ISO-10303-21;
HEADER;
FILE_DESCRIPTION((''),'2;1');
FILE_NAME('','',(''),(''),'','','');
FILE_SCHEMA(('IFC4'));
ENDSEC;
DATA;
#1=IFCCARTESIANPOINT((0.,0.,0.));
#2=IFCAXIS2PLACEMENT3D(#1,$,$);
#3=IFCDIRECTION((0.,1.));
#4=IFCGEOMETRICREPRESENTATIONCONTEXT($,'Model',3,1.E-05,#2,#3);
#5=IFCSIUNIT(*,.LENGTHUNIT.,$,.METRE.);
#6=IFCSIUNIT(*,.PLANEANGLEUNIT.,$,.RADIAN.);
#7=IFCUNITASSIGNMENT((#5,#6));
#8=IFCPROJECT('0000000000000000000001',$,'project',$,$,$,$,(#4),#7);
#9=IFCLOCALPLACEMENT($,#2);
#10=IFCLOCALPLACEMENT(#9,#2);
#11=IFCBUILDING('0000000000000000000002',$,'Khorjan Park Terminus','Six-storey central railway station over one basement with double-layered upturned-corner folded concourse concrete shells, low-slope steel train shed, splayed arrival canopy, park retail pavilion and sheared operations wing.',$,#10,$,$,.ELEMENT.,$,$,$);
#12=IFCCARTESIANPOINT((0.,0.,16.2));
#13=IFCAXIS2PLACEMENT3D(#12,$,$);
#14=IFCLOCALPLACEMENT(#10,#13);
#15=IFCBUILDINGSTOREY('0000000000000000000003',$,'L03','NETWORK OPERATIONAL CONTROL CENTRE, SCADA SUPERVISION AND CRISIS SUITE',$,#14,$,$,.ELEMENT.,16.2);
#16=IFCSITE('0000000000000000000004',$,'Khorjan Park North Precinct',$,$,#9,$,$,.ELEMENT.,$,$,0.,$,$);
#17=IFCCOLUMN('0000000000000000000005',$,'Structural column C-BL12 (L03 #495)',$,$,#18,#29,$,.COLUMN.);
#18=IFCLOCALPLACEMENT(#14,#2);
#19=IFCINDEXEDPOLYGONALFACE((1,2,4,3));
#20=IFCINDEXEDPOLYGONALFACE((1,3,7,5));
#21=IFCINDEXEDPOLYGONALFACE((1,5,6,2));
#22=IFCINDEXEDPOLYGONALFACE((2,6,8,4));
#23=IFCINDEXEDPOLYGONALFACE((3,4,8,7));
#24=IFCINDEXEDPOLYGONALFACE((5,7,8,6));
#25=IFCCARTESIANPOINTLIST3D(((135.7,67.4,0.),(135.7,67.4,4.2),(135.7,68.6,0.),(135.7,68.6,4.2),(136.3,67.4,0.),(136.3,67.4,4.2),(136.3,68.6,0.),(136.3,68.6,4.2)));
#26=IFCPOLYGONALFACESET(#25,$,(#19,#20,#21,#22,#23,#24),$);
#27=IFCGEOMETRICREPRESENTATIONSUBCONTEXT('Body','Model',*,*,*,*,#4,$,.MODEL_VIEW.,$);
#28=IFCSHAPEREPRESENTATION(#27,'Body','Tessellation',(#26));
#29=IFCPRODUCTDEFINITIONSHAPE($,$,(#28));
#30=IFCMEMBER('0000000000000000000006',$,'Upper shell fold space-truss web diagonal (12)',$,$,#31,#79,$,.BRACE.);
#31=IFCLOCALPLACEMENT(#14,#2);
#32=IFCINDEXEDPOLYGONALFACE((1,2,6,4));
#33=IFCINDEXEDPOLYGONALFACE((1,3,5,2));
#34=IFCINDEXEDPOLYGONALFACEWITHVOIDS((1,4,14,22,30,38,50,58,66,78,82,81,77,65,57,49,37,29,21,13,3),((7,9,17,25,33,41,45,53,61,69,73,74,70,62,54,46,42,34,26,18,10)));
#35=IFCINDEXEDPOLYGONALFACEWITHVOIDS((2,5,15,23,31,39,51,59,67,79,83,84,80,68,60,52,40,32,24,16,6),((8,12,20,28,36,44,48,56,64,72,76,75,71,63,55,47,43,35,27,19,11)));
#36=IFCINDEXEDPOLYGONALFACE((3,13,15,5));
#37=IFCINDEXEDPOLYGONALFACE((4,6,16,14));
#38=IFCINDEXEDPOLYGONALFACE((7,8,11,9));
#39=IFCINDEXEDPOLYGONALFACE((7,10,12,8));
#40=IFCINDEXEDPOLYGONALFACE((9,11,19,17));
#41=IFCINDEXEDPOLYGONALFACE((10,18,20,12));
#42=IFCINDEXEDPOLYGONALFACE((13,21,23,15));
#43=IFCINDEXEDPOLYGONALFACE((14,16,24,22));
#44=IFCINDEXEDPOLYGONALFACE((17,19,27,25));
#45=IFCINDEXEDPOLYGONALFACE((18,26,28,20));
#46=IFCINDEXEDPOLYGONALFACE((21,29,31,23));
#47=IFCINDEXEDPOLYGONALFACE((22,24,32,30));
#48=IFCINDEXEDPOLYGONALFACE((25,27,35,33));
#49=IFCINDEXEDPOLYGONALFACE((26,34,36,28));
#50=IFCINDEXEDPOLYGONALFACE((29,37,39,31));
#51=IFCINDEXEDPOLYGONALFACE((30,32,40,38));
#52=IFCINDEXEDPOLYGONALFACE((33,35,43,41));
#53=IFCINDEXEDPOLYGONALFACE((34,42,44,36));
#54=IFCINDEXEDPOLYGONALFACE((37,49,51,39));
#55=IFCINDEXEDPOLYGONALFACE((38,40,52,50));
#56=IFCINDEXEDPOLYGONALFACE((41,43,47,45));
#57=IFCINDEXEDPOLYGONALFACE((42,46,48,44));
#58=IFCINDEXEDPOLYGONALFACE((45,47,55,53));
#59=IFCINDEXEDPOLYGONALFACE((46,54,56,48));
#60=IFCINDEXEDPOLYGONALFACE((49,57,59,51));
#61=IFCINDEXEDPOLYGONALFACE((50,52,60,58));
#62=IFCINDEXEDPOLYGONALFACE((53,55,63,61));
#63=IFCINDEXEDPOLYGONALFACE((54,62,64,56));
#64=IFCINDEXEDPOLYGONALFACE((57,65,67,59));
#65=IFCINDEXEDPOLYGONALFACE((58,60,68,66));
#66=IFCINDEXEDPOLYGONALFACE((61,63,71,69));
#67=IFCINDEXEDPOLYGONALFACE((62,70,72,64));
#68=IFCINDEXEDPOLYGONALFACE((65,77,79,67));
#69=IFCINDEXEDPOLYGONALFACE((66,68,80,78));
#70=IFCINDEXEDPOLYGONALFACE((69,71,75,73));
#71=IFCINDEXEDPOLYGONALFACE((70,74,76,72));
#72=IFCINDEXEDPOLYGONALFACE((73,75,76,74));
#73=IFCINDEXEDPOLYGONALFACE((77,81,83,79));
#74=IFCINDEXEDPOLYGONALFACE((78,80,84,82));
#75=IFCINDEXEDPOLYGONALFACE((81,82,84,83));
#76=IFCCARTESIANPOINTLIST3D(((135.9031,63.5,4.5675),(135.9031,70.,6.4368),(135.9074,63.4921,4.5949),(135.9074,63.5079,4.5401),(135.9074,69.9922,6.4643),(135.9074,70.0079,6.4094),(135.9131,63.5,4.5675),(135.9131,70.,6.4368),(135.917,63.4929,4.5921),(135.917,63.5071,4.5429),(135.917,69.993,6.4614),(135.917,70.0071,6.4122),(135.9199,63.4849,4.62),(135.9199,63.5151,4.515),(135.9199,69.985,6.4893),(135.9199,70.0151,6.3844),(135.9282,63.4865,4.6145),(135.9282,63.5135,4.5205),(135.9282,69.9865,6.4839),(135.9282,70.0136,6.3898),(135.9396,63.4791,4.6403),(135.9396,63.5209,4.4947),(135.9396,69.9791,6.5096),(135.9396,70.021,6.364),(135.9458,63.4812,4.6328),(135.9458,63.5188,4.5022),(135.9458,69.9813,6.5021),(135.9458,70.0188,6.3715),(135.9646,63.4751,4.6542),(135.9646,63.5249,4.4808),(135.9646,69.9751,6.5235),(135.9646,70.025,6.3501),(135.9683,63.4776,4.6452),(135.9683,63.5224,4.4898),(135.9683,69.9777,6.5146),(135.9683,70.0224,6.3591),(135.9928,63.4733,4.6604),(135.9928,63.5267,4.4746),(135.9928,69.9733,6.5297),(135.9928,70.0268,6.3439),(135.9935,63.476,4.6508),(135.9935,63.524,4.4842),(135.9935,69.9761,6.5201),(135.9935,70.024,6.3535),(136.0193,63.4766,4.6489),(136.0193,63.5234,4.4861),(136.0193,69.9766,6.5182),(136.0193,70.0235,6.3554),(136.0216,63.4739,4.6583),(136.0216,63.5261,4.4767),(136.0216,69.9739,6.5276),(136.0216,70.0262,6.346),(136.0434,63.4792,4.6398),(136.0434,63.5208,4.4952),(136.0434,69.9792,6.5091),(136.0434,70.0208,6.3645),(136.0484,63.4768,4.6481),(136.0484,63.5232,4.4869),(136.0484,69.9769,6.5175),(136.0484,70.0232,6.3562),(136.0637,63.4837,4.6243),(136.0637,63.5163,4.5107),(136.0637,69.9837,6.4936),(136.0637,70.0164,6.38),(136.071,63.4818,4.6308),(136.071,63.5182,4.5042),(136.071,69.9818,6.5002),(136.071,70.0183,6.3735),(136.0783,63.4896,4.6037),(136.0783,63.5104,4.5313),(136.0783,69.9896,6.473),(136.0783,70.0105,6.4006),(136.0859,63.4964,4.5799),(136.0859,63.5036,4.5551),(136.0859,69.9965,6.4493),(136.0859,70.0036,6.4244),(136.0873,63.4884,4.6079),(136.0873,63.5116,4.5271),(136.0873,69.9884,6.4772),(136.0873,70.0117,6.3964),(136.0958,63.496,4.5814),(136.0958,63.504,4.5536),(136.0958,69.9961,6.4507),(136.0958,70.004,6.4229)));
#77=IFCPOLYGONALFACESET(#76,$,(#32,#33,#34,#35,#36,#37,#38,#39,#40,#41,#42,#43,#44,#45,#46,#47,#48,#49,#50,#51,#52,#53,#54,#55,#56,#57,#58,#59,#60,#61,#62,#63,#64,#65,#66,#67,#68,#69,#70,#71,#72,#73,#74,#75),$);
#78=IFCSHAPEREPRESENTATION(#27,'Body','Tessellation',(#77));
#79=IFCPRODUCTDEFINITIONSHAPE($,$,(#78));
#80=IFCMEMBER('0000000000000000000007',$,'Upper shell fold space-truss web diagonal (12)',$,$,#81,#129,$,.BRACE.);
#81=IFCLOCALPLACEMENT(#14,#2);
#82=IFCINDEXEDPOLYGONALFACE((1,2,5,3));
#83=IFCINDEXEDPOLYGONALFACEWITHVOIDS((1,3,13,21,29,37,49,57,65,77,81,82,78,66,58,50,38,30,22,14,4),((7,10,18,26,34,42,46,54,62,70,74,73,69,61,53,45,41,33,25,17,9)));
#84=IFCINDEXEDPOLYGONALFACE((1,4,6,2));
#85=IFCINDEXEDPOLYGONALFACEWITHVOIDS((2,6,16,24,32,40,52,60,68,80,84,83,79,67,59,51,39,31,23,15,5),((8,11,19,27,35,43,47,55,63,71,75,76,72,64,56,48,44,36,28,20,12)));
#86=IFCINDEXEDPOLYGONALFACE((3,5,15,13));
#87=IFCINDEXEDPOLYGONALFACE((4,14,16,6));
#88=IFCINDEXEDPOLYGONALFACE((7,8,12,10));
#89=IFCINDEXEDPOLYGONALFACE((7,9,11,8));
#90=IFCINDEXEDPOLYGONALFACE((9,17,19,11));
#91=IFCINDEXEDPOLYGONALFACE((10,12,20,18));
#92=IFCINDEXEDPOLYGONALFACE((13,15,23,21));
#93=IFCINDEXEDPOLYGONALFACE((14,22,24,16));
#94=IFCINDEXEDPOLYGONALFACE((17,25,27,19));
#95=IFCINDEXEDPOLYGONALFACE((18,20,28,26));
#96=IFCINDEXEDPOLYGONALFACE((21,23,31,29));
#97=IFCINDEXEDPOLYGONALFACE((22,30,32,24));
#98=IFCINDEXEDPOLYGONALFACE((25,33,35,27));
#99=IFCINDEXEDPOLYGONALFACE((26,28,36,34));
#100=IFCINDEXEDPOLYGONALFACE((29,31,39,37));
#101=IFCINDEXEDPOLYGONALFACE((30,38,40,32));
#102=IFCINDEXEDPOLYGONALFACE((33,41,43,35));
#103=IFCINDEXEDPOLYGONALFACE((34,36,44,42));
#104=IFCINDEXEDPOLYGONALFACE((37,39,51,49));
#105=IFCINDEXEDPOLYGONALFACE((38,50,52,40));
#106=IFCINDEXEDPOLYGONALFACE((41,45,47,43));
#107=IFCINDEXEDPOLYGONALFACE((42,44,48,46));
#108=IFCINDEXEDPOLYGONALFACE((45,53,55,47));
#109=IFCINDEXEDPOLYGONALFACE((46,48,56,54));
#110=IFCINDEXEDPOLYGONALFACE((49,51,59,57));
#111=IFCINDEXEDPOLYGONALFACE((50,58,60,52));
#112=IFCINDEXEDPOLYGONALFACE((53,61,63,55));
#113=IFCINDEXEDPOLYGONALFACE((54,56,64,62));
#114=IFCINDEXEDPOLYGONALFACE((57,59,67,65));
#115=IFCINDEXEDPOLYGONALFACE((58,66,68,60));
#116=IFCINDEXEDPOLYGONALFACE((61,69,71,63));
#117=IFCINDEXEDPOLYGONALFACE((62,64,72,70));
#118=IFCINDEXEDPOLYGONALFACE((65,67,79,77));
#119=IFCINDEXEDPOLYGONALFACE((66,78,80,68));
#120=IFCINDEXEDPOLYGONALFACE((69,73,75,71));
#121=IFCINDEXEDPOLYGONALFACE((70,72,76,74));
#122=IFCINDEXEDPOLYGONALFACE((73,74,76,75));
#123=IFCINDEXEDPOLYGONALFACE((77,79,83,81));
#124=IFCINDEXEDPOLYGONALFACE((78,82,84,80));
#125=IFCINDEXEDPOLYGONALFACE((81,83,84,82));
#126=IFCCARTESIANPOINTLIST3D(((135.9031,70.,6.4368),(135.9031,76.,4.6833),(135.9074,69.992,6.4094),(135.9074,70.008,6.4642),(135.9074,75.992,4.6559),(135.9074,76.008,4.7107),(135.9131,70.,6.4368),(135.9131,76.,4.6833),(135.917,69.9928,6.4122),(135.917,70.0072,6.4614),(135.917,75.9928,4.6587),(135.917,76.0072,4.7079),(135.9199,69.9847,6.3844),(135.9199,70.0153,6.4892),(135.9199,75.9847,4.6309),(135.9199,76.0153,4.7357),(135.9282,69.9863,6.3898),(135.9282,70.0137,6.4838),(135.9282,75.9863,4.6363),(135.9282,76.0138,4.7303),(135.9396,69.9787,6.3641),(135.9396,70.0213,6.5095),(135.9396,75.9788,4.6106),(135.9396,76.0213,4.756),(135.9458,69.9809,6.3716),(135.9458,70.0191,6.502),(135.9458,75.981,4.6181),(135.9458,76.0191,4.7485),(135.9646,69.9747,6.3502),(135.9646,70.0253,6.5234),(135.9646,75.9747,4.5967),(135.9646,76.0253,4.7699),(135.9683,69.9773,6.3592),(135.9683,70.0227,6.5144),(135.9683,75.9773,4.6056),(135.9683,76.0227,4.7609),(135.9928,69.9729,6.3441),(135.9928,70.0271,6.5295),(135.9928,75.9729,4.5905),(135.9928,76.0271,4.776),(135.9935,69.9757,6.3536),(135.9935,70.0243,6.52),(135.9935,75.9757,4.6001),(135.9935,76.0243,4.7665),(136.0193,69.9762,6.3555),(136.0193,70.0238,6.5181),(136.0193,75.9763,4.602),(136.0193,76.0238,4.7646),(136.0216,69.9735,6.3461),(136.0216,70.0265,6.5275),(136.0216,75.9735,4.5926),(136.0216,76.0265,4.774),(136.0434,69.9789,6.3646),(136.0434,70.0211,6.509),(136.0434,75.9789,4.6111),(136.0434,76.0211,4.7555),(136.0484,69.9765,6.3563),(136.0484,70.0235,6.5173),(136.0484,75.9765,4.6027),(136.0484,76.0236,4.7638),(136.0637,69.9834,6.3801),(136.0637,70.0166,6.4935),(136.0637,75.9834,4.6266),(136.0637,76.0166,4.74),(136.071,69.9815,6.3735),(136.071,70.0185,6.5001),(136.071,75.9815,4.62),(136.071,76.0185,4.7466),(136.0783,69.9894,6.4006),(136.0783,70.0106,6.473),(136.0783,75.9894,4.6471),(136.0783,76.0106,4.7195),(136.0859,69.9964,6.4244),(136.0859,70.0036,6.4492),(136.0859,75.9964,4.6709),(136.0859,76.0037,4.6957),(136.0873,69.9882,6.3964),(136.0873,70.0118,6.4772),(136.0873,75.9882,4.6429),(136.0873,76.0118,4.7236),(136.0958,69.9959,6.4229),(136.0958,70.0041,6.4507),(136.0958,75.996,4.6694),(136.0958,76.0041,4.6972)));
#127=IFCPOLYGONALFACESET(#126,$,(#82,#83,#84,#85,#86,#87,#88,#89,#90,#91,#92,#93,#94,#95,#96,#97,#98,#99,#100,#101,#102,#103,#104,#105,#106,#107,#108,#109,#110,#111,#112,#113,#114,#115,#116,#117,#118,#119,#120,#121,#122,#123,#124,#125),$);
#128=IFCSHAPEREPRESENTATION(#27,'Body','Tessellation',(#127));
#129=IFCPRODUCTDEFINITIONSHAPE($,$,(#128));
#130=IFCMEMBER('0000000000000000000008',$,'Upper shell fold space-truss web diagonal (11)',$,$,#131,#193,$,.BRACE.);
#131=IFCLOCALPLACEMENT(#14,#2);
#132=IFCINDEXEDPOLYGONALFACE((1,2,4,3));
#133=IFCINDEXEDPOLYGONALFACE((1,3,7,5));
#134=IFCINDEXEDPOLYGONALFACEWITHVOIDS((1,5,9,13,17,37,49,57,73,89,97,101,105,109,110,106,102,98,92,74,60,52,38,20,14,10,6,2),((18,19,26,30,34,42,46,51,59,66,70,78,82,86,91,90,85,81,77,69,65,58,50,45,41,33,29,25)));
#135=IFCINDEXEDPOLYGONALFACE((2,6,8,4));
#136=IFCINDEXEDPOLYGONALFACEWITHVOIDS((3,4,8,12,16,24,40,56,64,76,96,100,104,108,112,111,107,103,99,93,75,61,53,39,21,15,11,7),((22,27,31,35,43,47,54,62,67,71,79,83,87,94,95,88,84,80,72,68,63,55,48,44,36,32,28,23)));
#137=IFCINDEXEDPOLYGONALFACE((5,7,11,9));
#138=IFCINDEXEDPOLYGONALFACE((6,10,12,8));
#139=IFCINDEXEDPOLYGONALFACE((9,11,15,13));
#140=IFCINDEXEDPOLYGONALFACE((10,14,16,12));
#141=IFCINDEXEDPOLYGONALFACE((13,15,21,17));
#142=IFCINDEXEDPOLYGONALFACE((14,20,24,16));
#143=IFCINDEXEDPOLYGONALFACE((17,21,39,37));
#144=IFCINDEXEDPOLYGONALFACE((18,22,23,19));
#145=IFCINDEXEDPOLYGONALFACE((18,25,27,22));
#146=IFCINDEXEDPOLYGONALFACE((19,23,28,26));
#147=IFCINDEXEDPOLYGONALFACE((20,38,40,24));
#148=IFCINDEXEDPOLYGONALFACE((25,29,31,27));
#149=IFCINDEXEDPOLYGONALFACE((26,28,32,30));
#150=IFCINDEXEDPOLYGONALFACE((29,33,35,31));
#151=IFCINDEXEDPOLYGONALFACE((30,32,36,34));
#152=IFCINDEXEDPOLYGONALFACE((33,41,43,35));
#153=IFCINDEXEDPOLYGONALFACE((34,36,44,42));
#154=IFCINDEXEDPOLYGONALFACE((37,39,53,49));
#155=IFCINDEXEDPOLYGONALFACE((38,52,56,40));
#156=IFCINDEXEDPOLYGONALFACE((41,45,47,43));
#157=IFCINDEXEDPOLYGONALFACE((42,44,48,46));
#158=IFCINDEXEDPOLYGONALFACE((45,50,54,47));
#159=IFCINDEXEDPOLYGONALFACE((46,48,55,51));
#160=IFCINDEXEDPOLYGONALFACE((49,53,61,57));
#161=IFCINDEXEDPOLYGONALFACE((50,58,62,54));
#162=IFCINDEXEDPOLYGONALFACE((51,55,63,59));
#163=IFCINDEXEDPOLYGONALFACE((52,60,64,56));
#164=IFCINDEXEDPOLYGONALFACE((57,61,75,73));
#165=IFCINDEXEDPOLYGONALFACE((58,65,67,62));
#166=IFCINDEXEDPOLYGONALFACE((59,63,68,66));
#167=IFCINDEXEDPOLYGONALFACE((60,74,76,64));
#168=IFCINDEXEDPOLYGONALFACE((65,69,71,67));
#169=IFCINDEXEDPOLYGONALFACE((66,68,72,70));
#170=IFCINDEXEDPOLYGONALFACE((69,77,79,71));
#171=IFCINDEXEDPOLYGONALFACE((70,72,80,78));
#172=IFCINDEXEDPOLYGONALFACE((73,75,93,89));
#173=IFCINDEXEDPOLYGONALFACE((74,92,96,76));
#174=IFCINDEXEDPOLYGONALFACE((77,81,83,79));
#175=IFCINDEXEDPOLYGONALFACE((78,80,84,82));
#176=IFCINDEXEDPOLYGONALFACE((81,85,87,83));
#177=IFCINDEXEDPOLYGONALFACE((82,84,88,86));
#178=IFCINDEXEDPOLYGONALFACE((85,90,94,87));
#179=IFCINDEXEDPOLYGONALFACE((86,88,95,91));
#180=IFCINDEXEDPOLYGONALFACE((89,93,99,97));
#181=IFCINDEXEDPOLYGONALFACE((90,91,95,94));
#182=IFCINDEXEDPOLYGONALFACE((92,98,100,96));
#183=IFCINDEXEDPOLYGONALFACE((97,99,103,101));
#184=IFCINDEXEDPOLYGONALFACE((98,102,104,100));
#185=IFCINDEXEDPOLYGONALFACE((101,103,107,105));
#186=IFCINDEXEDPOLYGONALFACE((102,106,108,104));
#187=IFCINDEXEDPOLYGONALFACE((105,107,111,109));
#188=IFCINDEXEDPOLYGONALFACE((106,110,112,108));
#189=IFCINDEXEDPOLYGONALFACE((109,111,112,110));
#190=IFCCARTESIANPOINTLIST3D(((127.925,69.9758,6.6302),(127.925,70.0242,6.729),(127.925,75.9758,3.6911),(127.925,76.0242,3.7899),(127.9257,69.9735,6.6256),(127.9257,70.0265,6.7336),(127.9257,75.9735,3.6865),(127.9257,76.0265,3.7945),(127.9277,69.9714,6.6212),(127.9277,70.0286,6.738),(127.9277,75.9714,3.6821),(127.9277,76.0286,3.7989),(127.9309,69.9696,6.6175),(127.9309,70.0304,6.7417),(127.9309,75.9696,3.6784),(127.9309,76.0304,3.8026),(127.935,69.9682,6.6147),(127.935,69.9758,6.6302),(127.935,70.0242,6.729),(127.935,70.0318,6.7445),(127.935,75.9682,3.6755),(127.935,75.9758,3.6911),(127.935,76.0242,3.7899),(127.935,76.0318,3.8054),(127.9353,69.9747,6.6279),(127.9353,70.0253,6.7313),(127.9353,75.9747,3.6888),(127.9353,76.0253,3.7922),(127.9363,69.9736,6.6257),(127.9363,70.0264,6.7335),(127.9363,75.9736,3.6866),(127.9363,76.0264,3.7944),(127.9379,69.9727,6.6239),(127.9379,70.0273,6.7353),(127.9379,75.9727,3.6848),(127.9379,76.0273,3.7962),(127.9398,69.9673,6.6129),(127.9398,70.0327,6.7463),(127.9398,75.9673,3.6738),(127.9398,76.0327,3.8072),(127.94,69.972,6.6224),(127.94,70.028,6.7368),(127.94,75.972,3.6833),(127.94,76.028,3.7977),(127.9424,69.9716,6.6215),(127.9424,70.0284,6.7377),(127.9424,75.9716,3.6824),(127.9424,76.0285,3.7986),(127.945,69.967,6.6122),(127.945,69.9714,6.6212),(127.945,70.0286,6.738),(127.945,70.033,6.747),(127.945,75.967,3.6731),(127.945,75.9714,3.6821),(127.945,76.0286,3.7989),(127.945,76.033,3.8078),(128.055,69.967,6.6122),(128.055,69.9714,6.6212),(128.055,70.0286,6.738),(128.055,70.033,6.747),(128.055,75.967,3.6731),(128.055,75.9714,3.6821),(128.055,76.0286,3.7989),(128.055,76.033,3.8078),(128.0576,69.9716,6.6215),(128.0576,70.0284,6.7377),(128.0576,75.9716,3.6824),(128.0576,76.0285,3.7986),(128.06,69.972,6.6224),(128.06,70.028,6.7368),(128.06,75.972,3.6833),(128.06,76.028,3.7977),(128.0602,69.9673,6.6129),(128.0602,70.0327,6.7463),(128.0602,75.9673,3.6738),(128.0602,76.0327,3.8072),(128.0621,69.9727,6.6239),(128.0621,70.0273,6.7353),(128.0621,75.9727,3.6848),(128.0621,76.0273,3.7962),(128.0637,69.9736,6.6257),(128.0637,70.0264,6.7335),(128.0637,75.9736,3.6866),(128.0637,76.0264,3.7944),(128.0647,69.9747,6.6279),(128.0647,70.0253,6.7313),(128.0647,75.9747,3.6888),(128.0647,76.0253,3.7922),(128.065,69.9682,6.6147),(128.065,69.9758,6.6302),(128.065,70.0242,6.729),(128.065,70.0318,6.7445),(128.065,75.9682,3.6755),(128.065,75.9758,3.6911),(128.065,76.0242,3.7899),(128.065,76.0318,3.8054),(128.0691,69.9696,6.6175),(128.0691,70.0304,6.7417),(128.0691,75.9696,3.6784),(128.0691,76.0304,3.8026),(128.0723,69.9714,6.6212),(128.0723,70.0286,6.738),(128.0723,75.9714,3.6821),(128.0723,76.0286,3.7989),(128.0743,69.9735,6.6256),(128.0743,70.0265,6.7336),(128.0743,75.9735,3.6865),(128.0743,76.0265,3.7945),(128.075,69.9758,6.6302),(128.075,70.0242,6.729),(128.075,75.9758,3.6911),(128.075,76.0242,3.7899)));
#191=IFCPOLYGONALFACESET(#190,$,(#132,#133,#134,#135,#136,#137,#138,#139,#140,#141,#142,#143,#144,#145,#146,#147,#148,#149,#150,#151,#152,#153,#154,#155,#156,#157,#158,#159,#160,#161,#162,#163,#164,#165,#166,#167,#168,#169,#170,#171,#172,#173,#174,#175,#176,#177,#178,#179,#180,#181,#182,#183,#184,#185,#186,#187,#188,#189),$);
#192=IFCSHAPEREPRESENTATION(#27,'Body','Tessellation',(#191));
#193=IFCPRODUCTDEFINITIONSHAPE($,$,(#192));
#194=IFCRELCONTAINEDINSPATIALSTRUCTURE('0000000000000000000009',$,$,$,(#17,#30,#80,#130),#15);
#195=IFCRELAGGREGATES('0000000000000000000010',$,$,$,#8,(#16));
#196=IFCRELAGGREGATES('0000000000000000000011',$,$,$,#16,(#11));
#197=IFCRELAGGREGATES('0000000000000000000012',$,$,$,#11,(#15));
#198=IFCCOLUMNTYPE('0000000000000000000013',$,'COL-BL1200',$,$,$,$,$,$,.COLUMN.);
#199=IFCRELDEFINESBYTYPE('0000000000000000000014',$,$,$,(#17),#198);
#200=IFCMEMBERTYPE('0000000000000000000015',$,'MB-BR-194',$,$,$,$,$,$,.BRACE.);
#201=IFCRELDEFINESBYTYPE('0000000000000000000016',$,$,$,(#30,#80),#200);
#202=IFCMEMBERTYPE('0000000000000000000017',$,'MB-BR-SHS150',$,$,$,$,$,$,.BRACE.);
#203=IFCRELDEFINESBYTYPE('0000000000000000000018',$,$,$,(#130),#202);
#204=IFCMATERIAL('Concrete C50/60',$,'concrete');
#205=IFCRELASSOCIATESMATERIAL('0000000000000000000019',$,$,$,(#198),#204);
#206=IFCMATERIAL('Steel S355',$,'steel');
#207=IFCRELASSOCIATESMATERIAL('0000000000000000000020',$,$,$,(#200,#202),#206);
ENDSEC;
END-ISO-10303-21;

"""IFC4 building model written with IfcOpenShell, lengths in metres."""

from ifc_helpers import new_model, si_unit, direction, frame, origin, origin_2d, place, context, subcontext, project, spatial, rectangle, hollow_rectangle, hollow_circle, extrude, material, material_profile, profile_set, type_object, element, save


model = new_model("IFC4")

# Units and contexts
model_context = context("Model", 3, precision=1e-05, world=origin(), true_north=direction((0.0, 1.0)))
body_context = subcontext(model_context, "Body", "Model", "MODEL_VIEW")
ifc_project = project(units=[si_unit("LENGTHUNIT", "METRE"), si_unit("PLANEANGLEUNIT", "RADIAN")], contexts=[model_context])

# Site, building, storey
site_placement = place(None, origin())
site = spatial("IfcSite", under=ifc_project, at=site_placement, Name="Khorjan Park North Precinct", CompositionType="ELEMENT", RefElevation=0.0)
building_placement = place(site_placement, origin())
building = spatial("IfcBuilding", under=site, at=building_placement, Name="Khorjan Park Terminus", Description="Six-storey central railway station over one basement with double-layered upturned-corner folded concourse concrete shells, low-slope steel train shed, splayed arrival canopy, park retail pavilion and sheared operations wing.", CompositionType="ELEMENT")
storey_placement = place(building_placement, frame((0.0, 0.0, 16.2)))
storey = spatial("IfcBuildingStorey", under=building, at=storey_placement, Name="L03", Description="NETWORK OPERATIONAL CONTROL CENTRE, SCADA SUPERVISION AND CRISIS SUITE", CompositionType="ELEMENT", Elevation=16.2)

# Column
ifc_material_1 = material(Name="Concrete C50/60", Category="concrete")
ifc_material_profile_1 = material_profile(ifc_material_1, rectangle(XDim=0.6, YDim=1.2, at=origin_2d()), Name="RC 600x1200")
ifc_profile_set_1 = profile_set([ifc_material_profile_1], Name="Concrete C50/60")
column_type = type_object("IfcColumnType", Name="COL-BL1200", PredefinedType="COLUMN", material=ifc_profile_set_1)
column_placement = place(storey_placement, frame((136.0, 68.0, 0.0), z_axis=(0.0, 0.0, 1.0), x_axis=(1.0, 0.0, 0.0)))
element("IfcColumn", 1, at=column_placement, inside=storey, type_object=column_type, Name="Structural column C-BL12 (L03 #495)", PredefinedType="COLUMN", context=body_context, shape_type="SweptSolid", body=[
    extrude(rectangle(XDim=0.6, YDim=1.2, at=origin_2d()), origin(), (0.0, 0.0, 1.0), 4.2),
])

# Members
ifc_material_2 = material(Name="Steel S355", Category="steel")
ifc_material_profile_2 = material_profile(ifc_material_2, hollow_circle(Radius=0.0969, WallThickness=0.01, at=origin_2d()), Name="CHS 193.7x10")
ifc_profile_set_2 = profile_set([ifc_material_profile_2], Name="Steel S355")
member_type_1 = type_object("IfcMemberType", Name="MB-BR-194", PredefinedType="BRACE", material=ifc_profile_set_2)
member_1_placement = place(storey_placement, frame((136.0, 63.5, 4.5675), z_axis=(0.0, 0.961048, 0.276383), x_axis=(-1.0, 0.0, 0.0)))
element("IfcMember", 2, at=member_1_placement, inside=storey, type_object=member_type_1, Name="Upper shell fold space-truss web diagonal (12)", PredefinedType="BRACE", context=body_context, shape_type="SweptSolid", body=[
    extrude(hollow_circle(Radius=0.0969, WallThickness=0.01, at=origin_2d()), origin(), (0.0, 0.0, 1.0), 6.7635),
])
member_2_placement = place(storey_placement, frame((136.0, 70.0, 6.4368), z_axis=(0.0, 0.959849, -0.280516), x_axis=(-1.0, 0.0, 0.0)))
element("IfcMember", 3, at=member_2_placement, inside=storey, type_object=member_type_1, Name="Upper shell fold space-truss web diagonal (12)", PredefinedType="BRACE", context=body_context, shape_type="SweptSolid", body=[
    extrude(hollow_circle(Radius=0.0969, WallThickness=0.01, at=origin_2d()), origin(), (0.0, 0.0, 1.0), 6.251),
])
ifc_material_profile_3 = material_profile(ifc_material_2, hollow_rectangle(XDim=0.15, YDim=0.15, WallThickness=0.01, InnerFilletRadius=0.01, OuterFilletRadius=0.02, at=origin_2d()), Name="SHS 150x150x10")
ifc_profile_set_3 = profile_set([ifc_material_profile_3], Name="Steel S355")
member_type_2 = type_object("IfcMemberType", Name="MB-BR-SHS150", PredefinedType="BRACE", material=ifc_profile_set_3)
member_3_placement = place(storey_placement, frame((128.0, 70.0, 6.6796), z_axis=(0.0, 0.898044, -0.439907), x_axis=(-1.0, 0.0, 0.0)))
element("IfcMember", 4, at=member_3_placement, inside=storey, type_object=member_type_2, Name="Upper shell fold space-truss web diagonal (11)", PredefinedType="BRACE", context=body_context, shape_type="SweptSolid", body=[
    extrude(hollow_rectangle(XDim=0.15, YDim=0.15, WallThickness=0.01, InnerFilletRadius=0.01, OuterFilletRadius=0.02, at=origin_2d()), origin(), (0.0, 0.0, 1.0), 6.6812),
])

save(model, "model.ifc")
